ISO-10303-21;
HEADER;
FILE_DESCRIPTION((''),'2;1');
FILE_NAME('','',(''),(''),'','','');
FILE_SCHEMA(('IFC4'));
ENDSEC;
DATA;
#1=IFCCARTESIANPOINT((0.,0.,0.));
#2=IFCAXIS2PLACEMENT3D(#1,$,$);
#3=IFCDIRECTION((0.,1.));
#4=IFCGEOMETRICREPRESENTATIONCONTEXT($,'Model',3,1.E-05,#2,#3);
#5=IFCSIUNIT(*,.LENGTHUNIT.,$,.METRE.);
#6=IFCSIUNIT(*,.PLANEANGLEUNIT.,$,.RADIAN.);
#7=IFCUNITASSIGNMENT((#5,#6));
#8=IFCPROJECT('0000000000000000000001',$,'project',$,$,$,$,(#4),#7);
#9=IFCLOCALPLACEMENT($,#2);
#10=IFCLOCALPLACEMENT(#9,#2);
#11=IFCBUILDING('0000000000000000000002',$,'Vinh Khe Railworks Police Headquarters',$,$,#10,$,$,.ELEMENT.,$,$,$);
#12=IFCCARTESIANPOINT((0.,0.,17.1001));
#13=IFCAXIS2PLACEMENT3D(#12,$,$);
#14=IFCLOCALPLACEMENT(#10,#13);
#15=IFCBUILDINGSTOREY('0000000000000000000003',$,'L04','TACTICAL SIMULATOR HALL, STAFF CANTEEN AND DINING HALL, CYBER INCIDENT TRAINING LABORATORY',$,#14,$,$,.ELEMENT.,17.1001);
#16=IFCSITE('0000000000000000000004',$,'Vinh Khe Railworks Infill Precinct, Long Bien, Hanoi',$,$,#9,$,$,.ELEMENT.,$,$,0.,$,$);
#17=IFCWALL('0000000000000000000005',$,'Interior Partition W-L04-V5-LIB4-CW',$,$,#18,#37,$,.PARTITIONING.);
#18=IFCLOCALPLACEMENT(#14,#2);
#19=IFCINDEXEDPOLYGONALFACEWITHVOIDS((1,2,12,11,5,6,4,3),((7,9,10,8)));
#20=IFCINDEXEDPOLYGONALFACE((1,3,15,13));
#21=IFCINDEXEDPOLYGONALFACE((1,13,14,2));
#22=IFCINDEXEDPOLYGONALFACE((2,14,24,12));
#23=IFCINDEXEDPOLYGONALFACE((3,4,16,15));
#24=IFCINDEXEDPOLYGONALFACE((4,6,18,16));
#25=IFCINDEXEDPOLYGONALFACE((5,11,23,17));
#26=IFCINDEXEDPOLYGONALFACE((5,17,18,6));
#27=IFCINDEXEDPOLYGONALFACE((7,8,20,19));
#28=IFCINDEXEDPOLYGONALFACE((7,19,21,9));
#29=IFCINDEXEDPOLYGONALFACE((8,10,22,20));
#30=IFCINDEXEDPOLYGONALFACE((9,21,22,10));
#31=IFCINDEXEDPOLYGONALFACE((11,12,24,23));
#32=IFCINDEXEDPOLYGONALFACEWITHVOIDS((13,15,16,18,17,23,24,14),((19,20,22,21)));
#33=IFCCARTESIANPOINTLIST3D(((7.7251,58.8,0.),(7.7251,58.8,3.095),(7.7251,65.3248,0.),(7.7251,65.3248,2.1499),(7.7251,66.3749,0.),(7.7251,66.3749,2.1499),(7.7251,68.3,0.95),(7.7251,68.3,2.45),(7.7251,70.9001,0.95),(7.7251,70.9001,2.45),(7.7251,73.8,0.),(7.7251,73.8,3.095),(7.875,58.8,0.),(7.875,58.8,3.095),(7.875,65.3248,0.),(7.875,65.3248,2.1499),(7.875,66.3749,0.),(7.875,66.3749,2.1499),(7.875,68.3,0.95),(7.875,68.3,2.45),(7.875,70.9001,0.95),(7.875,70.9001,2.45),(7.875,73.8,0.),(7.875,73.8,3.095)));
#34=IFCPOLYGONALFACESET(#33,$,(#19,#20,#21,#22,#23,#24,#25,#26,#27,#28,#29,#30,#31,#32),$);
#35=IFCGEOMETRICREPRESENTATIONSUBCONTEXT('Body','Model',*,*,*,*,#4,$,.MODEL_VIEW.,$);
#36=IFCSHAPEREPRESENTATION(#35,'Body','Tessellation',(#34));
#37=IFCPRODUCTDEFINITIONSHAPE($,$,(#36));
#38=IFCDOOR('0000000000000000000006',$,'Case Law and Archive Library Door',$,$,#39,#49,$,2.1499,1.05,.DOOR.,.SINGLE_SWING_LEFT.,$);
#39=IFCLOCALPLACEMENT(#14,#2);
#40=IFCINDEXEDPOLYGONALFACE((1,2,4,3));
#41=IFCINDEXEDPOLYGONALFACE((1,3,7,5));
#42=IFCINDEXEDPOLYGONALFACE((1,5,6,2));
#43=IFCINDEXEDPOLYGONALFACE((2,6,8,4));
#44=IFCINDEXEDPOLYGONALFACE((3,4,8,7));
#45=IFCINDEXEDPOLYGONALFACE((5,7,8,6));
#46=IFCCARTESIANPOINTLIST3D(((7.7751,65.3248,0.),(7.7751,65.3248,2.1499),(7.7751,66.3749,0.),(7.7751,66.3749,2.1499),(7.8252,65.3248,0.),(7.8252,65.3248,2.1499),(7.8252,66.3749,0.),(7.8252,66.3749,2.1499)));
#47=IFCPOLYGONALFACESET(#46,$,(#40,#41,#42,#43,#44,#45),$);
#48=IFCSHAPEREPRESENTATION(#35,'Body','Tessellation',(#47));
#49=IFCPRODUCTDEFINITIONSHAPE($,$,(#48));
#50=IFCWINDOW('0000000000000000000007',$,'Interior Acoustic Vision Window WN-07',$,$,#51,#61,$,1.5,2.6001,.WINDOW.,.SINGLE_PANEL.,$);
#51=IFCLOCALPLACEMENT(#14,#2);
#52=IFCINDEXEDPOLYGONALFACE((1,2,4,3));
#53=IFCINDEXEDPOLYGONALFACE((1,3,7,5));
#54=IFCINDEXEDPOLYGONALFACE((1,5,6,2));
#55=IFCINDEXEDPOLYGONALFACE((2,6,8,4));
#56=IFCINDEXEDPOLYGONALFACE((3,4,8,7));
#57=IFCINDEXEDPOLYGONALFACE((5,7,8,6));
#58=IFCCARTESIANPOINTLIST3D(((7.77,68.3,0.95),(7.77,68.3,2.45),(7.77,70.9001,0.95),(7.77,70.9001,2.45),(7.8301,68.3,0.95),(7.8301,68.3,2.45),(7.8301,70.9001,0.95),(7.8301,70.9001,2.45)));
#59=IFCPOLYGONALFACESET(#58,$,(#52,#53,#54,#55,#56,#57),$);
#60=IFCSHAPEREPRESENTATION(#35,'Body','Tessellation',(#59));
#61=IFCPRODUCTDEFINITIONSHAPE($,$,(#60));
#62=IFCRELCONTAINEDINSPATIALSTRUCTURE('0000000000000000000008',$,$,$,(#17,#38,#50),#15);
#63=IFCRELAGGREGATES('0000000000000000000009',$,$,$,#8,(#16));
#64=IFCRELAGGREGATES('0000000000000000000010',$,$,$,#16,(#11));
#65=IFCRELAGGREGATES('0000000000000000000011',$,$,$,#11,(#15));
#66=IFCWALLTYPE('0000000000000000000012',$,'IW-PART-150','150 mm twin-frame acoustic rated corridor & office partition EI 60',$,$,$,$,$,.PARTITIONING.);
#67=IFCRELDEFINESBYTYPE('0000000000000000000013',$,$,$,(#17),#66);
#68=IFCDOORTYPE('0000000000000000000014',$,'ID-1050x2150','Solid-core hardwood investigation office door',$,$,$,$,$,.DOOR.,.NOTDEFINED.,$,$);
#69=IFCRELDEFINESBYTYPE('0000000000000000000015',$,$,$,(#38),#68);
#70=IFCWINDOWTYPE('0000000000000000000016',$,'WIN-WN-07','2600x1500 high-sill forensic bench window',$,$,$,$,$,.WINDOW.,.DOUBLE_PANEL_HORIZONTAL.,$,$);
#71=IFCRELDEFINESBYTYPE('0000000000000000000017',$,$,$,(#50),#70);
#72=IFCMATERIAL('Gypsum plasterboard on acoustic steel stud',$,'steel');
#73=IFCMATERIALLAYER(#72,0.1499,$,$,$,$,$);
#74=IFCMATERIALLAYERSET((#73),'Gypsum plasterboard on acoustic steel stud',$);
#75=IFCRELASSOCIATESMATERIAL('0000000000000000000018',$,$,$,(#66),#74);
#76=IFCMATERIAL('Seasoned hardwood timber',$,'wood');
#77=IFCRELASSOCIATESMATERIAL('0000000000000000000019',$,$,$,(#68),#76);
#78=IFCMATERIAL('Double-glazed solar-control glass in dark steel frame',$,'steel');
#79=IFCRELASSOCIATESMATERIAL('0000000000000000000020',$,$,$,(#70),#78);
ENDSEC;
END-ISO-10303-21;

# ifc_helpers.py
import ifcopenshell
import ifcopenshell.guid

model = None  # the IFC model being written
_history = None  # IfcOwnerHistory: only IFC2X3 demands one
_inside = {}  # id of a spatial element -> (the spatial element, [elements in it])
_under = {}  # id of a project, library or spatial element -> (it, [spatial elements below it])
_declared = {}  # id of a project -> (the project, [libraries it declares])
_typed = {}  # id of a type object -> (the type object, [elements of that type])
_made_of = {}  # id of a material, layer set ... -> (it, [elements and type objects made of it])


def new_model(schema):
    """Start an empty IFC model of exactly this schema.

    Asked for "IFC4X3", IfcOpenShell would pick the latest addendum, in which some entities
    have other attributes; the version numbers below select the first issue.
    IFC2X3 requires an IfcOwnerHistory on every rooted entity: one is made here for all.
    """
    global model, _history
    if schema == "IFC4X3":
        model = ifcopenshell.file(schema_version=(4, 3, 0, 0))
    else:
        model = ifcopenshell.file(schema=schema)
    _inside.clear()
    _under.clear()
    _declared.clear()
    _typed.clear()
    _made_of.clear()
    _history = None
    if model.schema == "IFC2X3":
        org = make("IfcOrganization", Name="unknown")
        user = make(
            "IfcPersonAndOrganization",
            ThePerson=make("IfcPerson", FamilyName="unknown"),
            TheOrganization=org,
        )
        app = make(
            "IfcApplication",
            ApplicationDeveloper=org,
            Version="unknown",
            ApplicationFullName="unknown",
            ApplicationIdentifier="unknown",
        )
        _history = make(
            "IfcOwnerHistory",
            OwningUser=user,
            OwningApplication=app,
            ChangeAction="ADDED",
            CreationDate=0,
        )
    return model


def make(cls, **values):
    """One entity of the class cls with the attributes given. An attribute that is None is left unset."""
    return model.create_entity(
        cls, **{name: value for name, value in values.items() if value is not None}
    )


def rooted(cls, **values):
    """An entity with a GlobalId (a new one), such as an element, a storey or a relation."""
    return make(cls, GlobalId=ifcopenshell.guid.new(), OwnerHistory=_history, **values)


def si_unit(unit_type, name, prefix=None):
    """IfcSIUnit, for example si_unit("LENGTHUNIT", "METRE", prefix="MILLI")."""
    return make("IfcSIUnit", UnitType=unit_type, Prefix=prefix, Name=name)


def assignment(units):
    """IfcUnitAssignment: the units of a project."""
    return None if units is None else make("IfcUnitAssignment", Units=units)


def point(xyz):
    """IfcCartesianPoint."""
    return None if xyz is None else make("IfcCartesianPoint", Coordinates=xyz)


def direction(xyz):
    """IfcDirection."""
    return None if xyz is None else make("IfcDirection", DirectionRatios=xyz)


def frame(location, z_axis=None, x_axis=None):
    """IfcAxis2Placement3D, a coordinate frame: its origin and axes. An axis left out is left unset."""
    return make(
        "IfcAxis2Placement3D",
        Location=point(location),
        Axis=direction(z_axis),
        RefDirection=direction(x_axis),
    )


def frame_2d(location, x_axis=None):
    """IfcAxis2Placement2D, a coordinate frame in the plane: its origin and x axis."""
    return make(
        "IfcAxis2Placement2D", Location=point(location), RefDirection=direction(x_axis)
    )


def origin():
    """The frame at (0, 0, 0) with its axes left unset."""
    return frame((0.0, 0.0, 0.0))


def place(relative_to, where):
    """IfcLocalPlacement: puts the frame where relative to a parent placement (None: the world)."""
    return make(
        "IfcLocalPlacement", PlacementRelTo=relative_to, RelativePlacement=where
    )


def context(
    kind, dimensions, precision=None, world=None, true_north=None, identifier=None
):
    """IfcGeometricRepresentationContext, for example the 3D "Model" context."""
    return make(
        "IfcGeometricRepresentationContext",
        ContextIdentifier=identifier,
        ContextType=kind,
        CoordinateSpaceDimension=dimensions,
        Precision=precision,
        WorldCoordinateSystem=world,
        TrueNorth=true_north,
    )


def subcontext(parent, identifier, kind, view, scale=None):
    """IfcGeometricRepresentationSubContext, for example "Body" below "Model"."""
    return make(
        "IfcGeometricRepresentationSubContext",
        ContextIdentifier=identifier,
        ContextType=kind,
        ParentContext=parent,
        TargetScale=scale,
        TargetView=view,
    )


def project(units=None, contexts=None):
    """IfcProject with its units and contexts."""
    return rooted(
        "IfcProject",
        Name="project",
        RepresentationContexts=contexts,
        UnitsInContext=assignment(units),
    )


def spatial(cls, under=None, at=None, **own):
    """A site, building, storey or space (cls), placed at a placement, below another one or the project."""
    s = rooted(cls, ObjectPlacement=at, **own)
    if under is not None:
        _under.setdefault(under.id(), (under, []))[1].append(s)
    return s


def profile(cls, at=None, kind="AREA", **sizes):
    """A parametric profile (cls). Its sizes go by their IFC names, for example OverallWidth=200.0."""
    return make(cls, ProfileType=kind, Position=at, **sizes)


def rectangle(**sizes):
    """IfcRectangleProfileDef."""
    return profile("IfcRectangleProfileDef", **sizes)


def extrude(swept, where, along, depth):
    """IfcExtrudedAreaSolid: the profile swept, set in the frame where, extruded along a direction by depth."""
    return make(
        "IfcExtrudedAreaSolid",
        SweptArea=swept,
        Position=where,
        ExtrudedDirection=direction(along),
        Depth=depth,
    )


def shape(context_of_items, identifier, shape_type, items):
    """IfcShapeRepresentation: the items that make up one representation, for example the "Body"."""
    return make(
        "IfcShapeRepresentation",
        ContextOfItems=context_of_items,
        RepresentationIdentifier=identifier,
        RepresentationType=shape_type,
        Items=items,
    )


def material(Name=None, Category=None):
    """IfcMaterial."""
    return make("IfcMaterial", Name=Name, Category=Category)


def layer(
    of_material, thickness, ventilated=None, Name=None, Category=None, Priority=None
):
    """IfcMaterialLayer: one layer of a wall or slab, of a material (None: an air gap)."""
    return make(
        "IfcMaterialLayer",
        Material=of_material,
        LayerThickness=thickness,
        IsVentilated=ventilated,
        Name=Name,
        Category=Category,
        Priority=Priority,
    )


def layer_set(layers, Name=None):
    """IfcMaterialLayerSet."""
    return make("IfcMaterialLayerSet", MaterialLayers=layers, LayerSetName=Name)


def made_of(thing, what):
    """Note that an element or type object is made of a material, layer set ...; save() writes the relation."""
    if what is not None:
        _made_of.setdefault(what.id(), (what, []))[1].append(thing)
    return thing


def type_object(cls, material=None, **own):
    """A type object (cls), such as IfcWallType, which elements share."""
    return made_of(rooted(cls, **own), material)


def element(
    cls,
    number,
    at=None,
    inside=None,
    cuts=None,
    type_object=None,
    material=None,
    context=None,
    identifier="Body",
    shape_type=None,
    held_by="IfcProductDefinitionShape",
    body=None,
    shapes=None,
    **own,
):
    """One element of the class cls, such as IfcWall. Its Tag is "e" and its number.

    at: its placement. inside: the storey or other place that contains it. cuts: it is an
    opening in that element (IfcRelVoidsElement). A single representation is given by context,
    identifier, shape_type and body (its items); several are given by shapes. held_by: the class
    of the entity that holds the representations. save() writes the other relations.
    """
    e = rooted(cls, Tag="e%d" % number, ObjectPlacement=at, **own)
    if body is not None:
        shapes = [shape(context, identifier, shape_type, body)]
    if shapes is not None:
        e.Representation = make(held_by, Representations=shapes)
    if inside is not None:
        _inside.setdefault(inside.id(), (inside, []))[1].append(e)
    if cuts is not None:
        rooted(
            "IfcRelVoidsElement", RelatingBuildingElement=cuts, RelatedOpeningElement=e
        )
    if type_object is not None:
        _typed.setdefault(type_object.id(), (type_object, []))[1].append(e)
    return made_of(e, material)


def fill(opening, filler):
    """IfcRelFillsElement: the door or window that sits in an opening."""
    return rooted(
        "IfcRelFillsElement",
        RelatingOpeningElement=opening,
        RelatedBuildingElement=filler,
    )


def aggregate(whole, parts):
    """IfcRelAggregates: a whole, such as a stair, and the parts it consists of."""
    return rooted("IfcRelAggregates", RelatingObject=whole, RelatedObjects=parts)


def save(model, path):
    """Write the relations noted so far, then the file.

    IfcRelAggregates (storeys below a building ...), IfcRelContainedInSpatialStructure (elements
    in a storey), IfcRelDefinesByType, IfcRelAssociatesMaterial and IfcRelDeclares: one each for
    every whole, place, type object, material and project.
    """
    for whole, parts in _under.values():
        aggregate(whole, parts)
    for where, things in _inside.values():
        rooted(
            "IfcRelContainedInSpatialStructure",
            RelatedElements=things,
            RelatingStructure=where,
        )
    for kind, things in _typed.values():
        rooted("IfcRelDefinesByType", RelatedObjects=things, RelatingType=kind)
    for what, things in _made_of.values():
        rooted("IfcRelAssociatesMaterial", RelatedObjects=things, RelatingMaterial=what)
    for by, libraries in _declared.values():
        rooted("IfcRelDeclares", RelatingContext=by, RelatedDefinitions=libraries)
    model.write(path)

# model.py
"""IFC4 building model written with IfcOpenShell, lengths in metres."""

from ifc_helpers import new_model, si_unit, direction, frame, frame_2d, origin, place, context, subcontext, project, spatial, rectangle, extrude, material, layer, layer_set, type_object, element, fill, save


model = new_model("IFC4")

# Units and contexts
model_context = context("Model", 3, precision=1e-05, world=origin(), true_north=direction((0.0, 1.0)))
body_context = subcontext(model_context, "Body", "Model", "MODEL_VIEW")
ifc_project = project(units=[si_unit("LENGTHUNIT", "METRE"), si_unit("PLANEANGLEUNIT", "RADIAN")], contexts=[model_context])

# Site, building, storey
site_placement = place(None, origin())
site = spatial("IfcSite", under=ifc_project, at=site_placement, Name="Vinh Khe Railworks Infill Precinct, Long Bien, Hanoi", CompositionType="ELEMENT", RefElevation=0.0)
building_placement = place(site_placement, origin())
building = spatial("IfcBuilding", under=site, at=building_placement, Name="Vinh Khe Railworks Police Headquarters", CompositionType="ELEMENT")
storey_placement = place(building_placement, frame((0.0, 0.0, 17.1001)))
storey = spatial("IfcBuildingStorey", under=building, at=storey_placement, Name="L04", Description="TACTICAL SIMULATOR HALL, STAFF CANTEEN AND DINING HALL, CYBER INCIDENT TRAINING LABORATORY", CompositionType="ELEMENT", Elevation=17.1001)

# Shared definitions
ifc_material_1 = material(Name="Double-glazed solar-control glass in dark steel frame", Category="steel")

# Wall, openings, door, window
ifc_material_2 = material(Name="Gypsum plasterboard on acoustic steel stud", Category="steel")
ifc_layer_1 = layer(ifc_material_2, 0.1499)
ifc_layer_set_1 = layer_set([ifc_layer_1], Name="Gypsum plasterboard on acoustic steel stud")
wall_type_1 = type_object("IfcWallType", Name="IW-PART-150", Description="150 mm twin-frame acoustic rated corridor & office partition EI 60", PredefinedType="PARTITIONING", material=ifc_layer_set_1)
wall_1_placement = place(storey_placement, frame((7.8, 58.8, 0.0), z_axis=(0.0, 0.0, 1.0), x_axis=(0.0, 1.0, 0.0)))
wall_1 = element("IfcWall", 1, at=wall_1_placement, inside=storey, type_object=wall_type_1, Name="Interior Partition W-L04-V5-LIB4-CW", PredefinedType="PARTITIONING", context=body_context, shape_type="SweptSolid", body=[
    extrude(rectangle(XDim=15.0, YDim=0.1499, at=frame_2d((7.5, 0.0))), origin(), (0.0, 0.0, 1.0), 3.095),
])
opening_1_placement = place(wall_1_placement, frame((6.5249, 0.0, 0.0)))
opening_1 = element("IfcOpeningElement", 2, at=opening_1_placement, cuts=wall_1, PredefinedType="OPENING", context=body_context, shape_type="SweptSolid", body=[
    extrude(rectangle(XDim=1.05, YDim=2.1499, at=frame_2d((0.5249, 1.075))), frame((0.0, 0.0898, 0.0), z_axis=(0.0, -1.0, 0.0), x_axis=(1.0, 0.0, 0.0)), (0.0, 0.0, 1.0), 0.1797),
])
opening_2_placement = place(wall_1_placement, frame((9.5, 0.0, 0.95)))
opening_2 = element("IfcOpeningElement", 3, at=opening_2_placement, cuts=wall_1, PredefinedType="OPENING", context=body_context, shape_type="SweptSolid", body=[
    extrude(rectangle(XDim=2.6001, YDim=1.5, at=frame_2d((1.3, 0.75))), frame((0.0, 0.0898, 0.0), z_axis=(0.0, -1.0, 0.0), x_axis=(1.0, 0.0, 0.0)), (0.0, 0.0, 1.0), 0.1797),
])
ifc_material_3 = material(Name="Seasoned hardwood timber", Category="wood")
door_type = type_object("IfcDoorType", Name="ID-1050x2150", Description="Solid-core hardwood investigation office door", OperationType="NOTDEFINED", PredefinedType="DOOR", material=ifc_material_3)
door_placement = place(opening_1_placement, origin())
door = element("IfcDoor", 4, at=door_placement, inside=storey, type_object=door_type, Name="Case Law and Archive Library Door", OperationType="SINGLE_SWING_LEFT", OverallHeight=2.1499, OverallWidth=1.05, PredefinedType="DOOR", context=body_context, shape_type="SweptSolid", body=[
    extrude(rectangle(XDim=1.05, YDim=2.1499, at=frame_2d((0.5249, 1.075))), frame((0.0, 0.0249, 0.0), z_axis=(0.0, -1.0, 0.0), x_axis=(1.0, 0.0, 0.0)), (0.0, 0.0, 1.0), 0.05),
])
fill(opening_1, door)
window_type_1 = type_object("IfcWindowType", Name="WIN-WN-07", Description="2600x1500 high-sill forensic bench window", PartitioningType="DOUBLE_PANEL_HORIZONTAL", PredefinedType="WINDOW", material=ifc_material_1)
window_1_placement = place(opening_2_placement, origin())
window_1 = element("IfcWindow", 5, at=window_1_placement, inside=storey, type_object=window_type_1, Name="Interior Acoustic Vision Window WN-07", OverallHeight=1.5, OverallWidth=2.6001, PartitioningType="SINGLE_PANEL", PredefinedType="WINDOW", context=body_context, shape_type="SweptSolid", body=[
    extrude(rectangle(XDim=2.6001, YDim=1.5, at=frame_2d((1.3, 0.75))), frame((0.0, 0.03, 0.0), z_axis=(0.0, -1.0, 0.0), x_axis=(1.0, 0.0, 0.0)), (0.0, 0.0, 1.0), 0.0601),
])
fill(opening_2, window_1)

save(model, "model.ifc")
